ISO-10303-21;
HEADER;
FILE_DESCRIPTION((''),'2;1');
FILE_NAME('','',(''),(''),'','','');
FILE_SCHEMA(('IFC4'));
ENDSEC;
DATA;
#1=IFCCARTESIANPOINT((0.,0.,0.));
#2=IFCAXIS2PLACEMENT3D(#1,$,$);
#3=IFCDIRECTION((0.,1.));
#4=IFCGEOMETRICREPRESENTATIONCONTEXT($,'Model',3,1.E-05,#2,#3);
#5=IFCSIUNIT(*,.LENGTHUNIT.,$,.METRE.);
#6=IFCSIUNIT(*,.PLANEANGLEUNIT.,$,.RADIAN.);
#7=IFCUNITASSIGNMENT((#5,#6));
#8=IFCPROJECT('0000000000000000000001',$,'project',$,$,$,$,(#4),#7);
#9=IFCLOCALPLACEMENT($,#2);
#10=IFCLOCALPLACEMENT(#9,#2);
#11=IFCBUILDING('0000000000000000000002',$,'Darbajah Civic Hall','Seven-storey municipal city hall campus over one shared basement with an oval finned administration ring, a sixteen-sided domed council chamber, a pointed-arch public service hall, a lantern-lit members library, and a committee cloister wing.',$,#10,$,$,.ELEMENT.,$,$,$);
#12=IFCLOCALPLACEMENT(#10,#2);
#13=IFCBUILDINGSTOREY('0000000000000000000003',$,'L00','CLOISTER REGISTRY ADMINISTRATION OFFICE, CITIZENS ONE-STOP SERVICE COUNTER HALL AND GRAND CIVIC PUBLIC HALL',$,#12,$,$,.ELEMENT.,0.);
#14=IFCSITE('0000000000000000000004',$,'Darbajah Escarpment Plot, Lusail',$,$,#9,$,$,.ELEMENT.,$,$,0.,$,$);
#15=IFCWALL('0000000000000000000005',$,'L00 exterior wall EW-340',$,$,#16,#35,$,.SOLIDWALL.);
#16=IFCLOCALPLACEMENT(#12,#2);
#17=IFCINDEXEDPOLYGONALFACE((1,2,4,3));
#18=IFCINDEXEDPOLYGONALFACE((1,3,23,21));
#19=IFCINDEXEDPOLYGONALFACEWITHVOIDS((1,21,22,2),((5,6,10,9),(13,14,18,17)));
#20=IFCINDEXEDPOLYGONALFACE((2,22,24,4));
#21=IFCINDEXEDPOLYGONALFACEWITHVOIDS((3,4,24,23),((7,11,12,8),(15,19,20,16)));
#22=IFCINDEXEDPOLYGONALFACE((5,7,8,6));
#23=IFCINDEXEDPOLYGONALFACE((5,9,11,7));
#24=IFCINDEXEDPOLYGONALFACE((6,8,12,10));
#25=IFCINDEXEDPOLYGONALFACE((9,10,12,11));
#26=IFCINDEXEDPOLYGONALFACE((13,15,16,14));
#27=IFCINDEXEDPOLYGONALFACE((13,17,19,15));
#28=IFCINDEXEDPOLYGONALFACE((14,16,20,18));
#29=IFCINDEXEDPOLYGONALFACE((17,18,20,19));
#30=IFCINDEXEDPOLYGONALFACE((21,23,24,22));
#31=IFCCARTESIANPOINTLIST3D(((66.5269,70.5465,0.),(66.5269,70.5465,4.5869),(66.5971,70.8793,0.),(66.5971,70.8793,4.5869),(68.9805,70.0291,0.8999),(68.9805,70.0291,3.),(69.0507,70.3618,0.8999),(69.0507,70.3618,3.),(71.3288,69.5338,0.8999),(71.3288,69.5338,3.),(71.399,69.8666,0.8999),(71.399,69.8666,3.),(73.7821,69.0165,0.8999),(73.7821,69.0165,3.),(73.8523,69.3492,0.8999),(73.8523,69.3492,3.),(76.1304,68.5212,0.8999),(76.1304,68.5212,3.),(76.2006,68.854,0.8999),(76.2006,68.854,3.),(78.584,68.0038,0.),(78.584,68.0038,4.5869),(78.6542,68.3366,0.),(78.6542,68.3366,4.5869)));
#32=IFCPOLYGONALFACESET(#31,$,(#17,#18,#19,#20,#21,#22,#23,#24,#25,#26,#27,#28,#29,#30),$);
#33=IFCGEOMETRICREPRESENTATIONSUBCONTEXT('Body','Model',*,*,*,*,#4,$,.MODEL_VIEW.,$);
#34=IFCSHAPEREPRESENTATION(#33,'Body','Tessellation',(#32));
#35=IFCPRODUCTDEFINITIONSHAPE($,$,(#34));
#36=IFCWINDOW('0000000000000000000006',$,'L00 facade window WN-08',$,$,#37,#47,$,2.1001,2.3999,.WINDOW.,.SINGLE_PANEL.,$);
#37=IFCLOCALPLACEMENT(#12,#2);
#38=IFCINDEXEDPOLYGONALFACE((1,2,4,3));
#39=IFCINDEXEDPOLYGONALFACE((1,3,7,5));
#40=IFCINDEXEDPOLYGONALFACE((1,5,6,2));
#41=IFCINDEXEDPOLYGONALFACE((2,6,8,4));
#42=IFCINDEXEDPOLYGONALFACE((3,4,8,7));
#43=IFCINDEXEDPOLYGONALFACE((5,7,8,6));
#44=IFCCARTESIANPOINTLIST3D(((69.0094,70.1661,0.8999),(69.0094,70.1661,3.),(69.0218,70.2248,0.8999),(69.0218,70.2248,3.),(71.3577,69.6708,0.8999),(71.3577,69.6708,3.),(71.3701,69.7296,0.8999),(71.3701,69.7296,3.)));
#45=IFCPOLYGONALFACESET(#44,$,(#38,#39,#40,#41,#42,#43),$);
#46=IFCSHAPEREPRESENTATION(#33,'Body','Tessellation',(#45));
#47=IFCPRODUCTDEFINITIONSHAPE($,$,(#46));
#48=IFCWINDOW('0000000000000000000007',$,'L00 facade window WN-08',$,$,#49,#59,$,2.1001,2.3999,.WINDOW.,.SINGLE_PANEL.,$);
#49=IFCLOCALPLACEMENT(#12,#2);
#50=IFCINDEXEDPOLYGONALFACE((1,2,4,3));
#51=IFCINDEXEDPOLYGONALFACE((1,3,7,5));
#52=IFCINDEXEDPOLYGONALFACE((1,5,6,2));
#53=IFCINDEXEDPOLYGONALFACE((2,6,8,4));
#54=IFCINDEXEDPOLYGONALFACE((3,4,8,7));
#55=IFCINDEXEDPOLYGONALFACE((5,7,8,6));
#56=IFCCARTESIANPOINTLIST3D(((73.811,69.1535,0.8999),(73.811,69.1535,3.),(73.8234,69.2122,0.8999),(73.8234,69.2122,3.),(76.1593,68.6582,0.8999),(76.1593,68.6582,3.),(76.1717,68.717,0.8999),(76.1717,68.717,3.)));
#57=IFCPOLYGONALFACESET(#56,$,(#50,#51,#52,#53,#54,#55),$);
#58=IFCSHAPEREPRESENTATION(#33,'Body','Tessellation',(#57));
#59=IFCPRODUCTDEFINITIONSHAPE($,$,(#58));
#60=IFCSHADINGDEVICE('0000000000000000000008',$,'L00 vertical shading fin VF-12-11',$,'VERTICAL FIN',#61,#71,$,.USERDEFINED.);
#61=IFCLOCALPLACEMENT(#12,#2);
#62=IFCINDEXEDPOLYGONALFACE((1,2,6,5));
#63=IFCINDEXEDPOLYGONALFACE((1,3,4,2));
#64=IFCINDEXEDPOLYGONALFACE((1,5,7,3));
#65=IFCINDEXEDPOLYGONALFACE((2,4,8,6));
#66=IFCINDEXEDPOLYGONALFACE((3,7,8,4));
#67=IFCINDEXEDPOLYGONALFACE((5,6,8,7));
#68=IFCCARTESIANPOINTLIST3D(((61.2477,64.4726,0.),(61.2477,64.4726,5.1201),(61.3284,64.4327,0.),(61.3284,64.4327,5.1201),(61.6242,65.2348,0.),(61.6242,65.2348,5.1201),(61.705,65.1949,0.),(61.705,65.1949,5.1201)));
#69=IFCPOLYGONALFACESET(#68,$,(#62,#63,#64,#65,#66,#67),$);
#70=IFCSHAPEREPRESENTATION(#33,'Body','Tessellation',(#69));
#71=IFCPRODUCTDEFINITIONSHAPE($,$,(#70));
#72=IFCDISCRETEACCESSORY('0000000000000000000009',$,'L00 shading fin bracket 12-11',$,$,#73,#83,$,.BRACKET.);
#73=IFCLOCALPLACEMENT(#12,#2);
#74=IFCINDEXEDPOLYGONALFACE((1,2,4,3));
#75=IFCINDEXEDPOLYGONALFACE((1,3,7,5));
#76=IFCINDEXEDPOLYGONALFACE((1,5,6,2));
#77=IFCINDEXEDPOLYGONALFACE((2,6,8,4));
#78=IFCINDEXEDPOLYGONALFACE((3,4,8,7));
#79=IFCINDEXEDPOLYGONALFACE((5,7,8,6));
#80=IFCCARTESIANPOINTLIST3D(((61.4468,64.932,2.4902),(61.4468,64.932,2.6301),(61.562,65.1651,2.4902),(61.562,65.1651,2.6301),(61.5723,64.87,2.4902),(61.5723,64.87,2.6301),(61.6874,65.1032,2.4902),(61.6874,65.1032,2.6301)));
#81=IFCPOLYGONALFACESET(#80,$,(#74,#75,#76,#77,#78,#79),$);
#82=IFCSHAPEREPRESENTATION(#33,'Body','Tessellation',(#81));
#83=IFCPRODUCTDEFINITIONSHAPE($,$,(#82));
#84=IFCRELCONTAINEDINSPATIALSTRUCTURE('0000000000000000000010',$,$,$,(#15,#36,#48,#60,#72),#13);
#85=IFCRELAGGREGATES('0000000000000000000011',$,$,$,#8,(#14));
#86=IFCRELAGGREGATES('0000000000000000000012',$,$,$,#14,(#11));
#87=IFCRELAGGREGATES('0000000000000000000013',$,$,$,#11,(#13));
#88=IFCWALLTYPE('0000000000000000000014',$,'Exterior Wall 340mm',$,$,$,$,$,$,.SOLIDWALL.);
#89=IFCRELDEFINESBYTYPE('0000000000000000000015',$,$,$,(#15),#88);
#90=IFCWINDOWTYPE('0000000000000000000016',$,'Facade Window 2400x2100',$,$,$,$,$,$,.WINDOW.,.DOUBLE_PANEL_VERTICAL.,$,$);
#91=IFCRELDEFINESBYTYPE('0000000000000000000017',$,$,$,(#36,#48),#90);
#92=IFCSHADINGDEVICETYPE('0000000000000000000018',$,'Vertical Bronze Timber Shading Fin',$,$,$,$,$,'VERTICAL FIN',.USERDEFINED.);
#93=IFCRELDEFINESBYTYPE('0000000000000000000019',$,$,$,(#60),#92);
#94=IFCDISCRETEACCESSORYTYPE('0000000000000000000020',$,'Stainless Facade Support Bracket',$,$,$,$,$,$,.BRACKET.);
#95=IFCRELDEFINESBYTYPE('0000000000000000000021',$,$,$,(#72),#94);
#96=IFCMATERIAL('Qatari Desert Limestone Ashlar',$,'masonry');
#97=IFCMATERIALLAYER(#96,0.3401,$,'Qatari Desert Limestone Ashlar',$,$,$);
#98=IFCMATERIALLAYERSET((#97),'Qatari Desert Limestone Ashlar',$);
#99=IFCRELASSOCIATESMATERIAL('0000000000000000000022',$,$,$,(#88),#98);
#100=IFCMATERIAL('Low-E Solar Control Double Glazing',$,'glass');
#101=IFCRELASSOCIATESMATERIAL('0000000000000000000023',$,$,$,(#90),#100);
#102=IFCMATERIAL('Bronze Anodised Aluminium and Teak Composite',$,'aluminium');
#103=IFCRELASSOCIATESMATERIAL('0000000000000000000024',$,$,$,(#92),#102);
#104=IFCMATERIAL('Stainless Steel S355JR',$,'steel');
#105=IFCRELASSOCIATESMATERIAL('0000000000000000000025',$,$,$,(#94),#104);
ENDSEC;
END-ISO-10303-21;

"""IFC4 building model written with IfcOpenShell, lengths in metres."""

from ifc_helpers import new_model, si_unit, direction, frame, frame_2d, origin, origin_2d, place, context, subcontext, project, spatial, rectangle, extrude, material, layer, layer_set, type_object, element, fill, save


model = new_model("IFC4")

# Units and contexts
model_context = context("Model", 3, precision=1e-05, world=origin(), true_north=direction((0.0, 1.0)))
body_context = subcontext(model_context, "Body", "Model", "MODEL_VIEW")
ifc_project = project(units=[si_unit("LENGTHUNIT", "METRE"), si_unit("PLANEANGLEUNIT", "RADIAN")], contexts=[model_context])

# Site, building, storey
site_placement = place(None, origin())
site = spatial("IfcSite", under=ifc_project, at=site_placement, Name="Darbajah Escarpment Plot, Lusail", CompositionType="ELEMENT", RefElevation=0.0)
building_placement = place(site_placement, origin())
building = spatial("IfcBuilding", under=site, at=building_placement, Name="Darbajah Civic Hall", Description="Seven-storey municipal city hall campus over one shared basement with an oval finned administration ring, a sixteen-sided domed council chamber, a pointed-arch public service hall, a lantern-lit members library, and a committee cloister wing.", CompositionType="ELEMENT")
storey_placement = place(building_placement, origin())
storey = spatial("IfcBuildingStorey", under=building, at=storey_placement, Name="L00", Description="CLOISTER REGISTRY ADMINISTRATION OFFICE, CITIZENS ONE-STOP SERVICE COUNTER HALL AND GRAND CIVIC PUBLIC HALL", CompositionType="ELEMENT", Elevation=0.0)

# Shared definitions
ifc_material_1 = material(Name="Low-E Solar Control Double Glazing", Category="glass")

# Wall, openings, windows
ifc_material_2 = material(Name="Qatari Desert Limestone Ashlar", Category="masonry")
ifc_layer_1 = layer(ifc_material_2, 0.3401, Name="Qatari Desert Limestone Ashlar")
ifc_layer_set_1 = layer_set([ifc_layer_1], Name="Qatari Desert Limestone Ashlar")
wall_type = type_object("IfcWallType", Name="Exterior Wall 340mm", PredefinedType="SOLIDWALL", material=ifc_layer_set_1)
wall_placement = place(storey_placement, frame((66.562, 70.7129, 0.0), z_axis=(0.0, 0.0, 1.0), x_axis=(0.978478, -0.206351, 0.0)))
wall = element("IfcWall", 1, at=wall_placement, inside=storey, type_object=wall_type, Name="L00 exterior wall EW-340", PredefinedType="SOLIDWALL", context=body_context, shape_type="SweptSolid", body=[
    extrude(rectangle(XDim=12.3223, YDim=0.3401, at=frame_2d((6.1611, 0.0))), origin(), (0.0, 0.0, 1.0), 4.5869),
])
opening_1_placement = place(wall_placement, frame((2.5076, 0.0, 0.8999)))
opening_1 = element("IfcOpeningElement", 2, at=opening_1_placement, cuts=wall, PredefinedType="OPENING", context=body_context, shape_type="SweptSolid", body=[
    extrude(rectangle(XDim=2.3999, YDim=2.1001, at=frame_2d((1.2, 1.05))), frame((0.0, 0.1799, 0.0), z_axis=(0.0, -1.0, 0.0), x_axis=(1.0, 0.0, 0.0)), (0.0, 0.0, 1.0), 0.3601),
])
opening_2_placement = place(wall_placement, frame((7.4148, 0.0, 0.8999)))
opening_2 = element("IfcOpeningElement", 3, at=opening_2_placement, cuts=wall, PredefinedType="OPENING", context=body_context, shape_type="SweptSolid", body=[
    extrude(rectangle(XDim=2.3999, YDim=2.1001, at=frame_2d((1.2, 1.05))), frame((0.0, 0.1799, 0.0), z_axis=(0.0, -1.0, 0.0), x_axis=(1.0, 0.0, 0.0)), (0.0, 0.0, 1.0), 0.3601),
])
window_type = type_object("IfcWindowType", Name="Facade Window 2400x2100", PartitioningType="DOUBLE_PANEL_VERTICAL", PredefinedType="WINDOW", material=ifc_material_1)
window_1_placement = place(opening_1_placement, origin())
window_1 = element("IfcWindow", 4, at=window_1_placement, inside=storey, type_object=window_type, Name="L00 facade window WN-08", OverallHeight=2.1001, OverallWidth=2.3999, PartitioningType="SINGLE_PANEL", PredefinedType="WINDOW", context=body_context, shape_type="SweptSolid", body=[
    extrude(rectangle(XDim=2.3999, YDim=2.1001, at=frame_2d((1.2, 1.05))), frame((0.0, 0.03, 0.0), z_axis=(0.0, -1.0, 0.0), x_axis=(1.0, 0.0, 0.0)), (0.0, 0.0, 1.0), 0.0601),
])
fill(opening_1, window_1)
window_2_placement = place(opening_2_placement, origin())
window_2 = element("IfcWindow", 5, at=window_2_placement, inside=storey, type_object=window_type, Name="L00 facade window WN-08", OverallHeight=2.1001, OverallWidth=2.3999, PartitioningType="SINGLE_PANEL", PredefinedType="WINDOW", context=body_context, shape_type="SweptSolid", body=[
    extrude(rectangle(XDim=2.3999, YDim=2.1001, at=frame_2d((1.2, 1.05))), frame((0.0, 0.03, 0.0), z_axis=(0.0, -1.0, 0.0), x_axis=(1.0, 0.0, 0.0)), (0.0, 0.0, 1.0), 0.0601),
])
fill(opening_2, window_2)

# Shading device
ifc_material_3 = material(Name="Bronze Anodised Aluminium and Teak Composite", Category="aluminium")
shading_device_type = type_object("IfcShadingDeviceType", Name="Vertical Bronze Timber Shading Fin", ElementType="VERTICAL FIN", PredefinedType="USERDEFINED", material=ifc_material_3)
shading_device_placement = place(storey_placement, frame((61.4763, 64.8337, 0.0), z_axis=(0.0, 0.0, 1.0), x_axis=(-0.442915, -0.896564, 0.0)))
element("IfcShadingDevice", 6, at=shading_device_placement, inside=storey, type_object=shading_device_type, Name="L00 vertical shading fin VF-12-11", ObjectType="VERTICAL FIN", PredefinedType="USERDEFINED", context=body_context, shape_type="SweptSolid", body=[
    extrude(rectangle(XDim=0.8501, YDim=0.0901, at=origin_2d()), origin(), (0.0, 0.0, 1.0), 5.1201),
])

# Discrete accessory
ifc_material_4 = material(Name="Stainless Steel S355JR", Category="steel")
discrete_accessory_type = type_object("IfcDiscreteAccessoryType", Name="Stainless Facade Support Bracket", PredefinedType="BRACKET", material=ifc_material_4)
discrete_accessory_placement = place(storey_placement, frame((61.5671, 65.0176, 2.4902), z_axis=(0.0, 0.0, 1.0), x_axis=(-0.442915, -0.896564, 0.0)))
element("IfcDiscreteAccessory", 7, at=discrete_accessory_placement, inside=storey, type_object=discrete_accessory_type, Name="L00 shading fin bracket 12-11", PredefinedType="BRACKET", context=body_context, shape_type="SweptSolid", body=[
    extrude(rectangle(XDim=0.26, YDim=0.1399, at=origin_2d()), origin(), (0.0, 0.0, 1.0), 0.1399),
])

save(model, "model.ifc")
